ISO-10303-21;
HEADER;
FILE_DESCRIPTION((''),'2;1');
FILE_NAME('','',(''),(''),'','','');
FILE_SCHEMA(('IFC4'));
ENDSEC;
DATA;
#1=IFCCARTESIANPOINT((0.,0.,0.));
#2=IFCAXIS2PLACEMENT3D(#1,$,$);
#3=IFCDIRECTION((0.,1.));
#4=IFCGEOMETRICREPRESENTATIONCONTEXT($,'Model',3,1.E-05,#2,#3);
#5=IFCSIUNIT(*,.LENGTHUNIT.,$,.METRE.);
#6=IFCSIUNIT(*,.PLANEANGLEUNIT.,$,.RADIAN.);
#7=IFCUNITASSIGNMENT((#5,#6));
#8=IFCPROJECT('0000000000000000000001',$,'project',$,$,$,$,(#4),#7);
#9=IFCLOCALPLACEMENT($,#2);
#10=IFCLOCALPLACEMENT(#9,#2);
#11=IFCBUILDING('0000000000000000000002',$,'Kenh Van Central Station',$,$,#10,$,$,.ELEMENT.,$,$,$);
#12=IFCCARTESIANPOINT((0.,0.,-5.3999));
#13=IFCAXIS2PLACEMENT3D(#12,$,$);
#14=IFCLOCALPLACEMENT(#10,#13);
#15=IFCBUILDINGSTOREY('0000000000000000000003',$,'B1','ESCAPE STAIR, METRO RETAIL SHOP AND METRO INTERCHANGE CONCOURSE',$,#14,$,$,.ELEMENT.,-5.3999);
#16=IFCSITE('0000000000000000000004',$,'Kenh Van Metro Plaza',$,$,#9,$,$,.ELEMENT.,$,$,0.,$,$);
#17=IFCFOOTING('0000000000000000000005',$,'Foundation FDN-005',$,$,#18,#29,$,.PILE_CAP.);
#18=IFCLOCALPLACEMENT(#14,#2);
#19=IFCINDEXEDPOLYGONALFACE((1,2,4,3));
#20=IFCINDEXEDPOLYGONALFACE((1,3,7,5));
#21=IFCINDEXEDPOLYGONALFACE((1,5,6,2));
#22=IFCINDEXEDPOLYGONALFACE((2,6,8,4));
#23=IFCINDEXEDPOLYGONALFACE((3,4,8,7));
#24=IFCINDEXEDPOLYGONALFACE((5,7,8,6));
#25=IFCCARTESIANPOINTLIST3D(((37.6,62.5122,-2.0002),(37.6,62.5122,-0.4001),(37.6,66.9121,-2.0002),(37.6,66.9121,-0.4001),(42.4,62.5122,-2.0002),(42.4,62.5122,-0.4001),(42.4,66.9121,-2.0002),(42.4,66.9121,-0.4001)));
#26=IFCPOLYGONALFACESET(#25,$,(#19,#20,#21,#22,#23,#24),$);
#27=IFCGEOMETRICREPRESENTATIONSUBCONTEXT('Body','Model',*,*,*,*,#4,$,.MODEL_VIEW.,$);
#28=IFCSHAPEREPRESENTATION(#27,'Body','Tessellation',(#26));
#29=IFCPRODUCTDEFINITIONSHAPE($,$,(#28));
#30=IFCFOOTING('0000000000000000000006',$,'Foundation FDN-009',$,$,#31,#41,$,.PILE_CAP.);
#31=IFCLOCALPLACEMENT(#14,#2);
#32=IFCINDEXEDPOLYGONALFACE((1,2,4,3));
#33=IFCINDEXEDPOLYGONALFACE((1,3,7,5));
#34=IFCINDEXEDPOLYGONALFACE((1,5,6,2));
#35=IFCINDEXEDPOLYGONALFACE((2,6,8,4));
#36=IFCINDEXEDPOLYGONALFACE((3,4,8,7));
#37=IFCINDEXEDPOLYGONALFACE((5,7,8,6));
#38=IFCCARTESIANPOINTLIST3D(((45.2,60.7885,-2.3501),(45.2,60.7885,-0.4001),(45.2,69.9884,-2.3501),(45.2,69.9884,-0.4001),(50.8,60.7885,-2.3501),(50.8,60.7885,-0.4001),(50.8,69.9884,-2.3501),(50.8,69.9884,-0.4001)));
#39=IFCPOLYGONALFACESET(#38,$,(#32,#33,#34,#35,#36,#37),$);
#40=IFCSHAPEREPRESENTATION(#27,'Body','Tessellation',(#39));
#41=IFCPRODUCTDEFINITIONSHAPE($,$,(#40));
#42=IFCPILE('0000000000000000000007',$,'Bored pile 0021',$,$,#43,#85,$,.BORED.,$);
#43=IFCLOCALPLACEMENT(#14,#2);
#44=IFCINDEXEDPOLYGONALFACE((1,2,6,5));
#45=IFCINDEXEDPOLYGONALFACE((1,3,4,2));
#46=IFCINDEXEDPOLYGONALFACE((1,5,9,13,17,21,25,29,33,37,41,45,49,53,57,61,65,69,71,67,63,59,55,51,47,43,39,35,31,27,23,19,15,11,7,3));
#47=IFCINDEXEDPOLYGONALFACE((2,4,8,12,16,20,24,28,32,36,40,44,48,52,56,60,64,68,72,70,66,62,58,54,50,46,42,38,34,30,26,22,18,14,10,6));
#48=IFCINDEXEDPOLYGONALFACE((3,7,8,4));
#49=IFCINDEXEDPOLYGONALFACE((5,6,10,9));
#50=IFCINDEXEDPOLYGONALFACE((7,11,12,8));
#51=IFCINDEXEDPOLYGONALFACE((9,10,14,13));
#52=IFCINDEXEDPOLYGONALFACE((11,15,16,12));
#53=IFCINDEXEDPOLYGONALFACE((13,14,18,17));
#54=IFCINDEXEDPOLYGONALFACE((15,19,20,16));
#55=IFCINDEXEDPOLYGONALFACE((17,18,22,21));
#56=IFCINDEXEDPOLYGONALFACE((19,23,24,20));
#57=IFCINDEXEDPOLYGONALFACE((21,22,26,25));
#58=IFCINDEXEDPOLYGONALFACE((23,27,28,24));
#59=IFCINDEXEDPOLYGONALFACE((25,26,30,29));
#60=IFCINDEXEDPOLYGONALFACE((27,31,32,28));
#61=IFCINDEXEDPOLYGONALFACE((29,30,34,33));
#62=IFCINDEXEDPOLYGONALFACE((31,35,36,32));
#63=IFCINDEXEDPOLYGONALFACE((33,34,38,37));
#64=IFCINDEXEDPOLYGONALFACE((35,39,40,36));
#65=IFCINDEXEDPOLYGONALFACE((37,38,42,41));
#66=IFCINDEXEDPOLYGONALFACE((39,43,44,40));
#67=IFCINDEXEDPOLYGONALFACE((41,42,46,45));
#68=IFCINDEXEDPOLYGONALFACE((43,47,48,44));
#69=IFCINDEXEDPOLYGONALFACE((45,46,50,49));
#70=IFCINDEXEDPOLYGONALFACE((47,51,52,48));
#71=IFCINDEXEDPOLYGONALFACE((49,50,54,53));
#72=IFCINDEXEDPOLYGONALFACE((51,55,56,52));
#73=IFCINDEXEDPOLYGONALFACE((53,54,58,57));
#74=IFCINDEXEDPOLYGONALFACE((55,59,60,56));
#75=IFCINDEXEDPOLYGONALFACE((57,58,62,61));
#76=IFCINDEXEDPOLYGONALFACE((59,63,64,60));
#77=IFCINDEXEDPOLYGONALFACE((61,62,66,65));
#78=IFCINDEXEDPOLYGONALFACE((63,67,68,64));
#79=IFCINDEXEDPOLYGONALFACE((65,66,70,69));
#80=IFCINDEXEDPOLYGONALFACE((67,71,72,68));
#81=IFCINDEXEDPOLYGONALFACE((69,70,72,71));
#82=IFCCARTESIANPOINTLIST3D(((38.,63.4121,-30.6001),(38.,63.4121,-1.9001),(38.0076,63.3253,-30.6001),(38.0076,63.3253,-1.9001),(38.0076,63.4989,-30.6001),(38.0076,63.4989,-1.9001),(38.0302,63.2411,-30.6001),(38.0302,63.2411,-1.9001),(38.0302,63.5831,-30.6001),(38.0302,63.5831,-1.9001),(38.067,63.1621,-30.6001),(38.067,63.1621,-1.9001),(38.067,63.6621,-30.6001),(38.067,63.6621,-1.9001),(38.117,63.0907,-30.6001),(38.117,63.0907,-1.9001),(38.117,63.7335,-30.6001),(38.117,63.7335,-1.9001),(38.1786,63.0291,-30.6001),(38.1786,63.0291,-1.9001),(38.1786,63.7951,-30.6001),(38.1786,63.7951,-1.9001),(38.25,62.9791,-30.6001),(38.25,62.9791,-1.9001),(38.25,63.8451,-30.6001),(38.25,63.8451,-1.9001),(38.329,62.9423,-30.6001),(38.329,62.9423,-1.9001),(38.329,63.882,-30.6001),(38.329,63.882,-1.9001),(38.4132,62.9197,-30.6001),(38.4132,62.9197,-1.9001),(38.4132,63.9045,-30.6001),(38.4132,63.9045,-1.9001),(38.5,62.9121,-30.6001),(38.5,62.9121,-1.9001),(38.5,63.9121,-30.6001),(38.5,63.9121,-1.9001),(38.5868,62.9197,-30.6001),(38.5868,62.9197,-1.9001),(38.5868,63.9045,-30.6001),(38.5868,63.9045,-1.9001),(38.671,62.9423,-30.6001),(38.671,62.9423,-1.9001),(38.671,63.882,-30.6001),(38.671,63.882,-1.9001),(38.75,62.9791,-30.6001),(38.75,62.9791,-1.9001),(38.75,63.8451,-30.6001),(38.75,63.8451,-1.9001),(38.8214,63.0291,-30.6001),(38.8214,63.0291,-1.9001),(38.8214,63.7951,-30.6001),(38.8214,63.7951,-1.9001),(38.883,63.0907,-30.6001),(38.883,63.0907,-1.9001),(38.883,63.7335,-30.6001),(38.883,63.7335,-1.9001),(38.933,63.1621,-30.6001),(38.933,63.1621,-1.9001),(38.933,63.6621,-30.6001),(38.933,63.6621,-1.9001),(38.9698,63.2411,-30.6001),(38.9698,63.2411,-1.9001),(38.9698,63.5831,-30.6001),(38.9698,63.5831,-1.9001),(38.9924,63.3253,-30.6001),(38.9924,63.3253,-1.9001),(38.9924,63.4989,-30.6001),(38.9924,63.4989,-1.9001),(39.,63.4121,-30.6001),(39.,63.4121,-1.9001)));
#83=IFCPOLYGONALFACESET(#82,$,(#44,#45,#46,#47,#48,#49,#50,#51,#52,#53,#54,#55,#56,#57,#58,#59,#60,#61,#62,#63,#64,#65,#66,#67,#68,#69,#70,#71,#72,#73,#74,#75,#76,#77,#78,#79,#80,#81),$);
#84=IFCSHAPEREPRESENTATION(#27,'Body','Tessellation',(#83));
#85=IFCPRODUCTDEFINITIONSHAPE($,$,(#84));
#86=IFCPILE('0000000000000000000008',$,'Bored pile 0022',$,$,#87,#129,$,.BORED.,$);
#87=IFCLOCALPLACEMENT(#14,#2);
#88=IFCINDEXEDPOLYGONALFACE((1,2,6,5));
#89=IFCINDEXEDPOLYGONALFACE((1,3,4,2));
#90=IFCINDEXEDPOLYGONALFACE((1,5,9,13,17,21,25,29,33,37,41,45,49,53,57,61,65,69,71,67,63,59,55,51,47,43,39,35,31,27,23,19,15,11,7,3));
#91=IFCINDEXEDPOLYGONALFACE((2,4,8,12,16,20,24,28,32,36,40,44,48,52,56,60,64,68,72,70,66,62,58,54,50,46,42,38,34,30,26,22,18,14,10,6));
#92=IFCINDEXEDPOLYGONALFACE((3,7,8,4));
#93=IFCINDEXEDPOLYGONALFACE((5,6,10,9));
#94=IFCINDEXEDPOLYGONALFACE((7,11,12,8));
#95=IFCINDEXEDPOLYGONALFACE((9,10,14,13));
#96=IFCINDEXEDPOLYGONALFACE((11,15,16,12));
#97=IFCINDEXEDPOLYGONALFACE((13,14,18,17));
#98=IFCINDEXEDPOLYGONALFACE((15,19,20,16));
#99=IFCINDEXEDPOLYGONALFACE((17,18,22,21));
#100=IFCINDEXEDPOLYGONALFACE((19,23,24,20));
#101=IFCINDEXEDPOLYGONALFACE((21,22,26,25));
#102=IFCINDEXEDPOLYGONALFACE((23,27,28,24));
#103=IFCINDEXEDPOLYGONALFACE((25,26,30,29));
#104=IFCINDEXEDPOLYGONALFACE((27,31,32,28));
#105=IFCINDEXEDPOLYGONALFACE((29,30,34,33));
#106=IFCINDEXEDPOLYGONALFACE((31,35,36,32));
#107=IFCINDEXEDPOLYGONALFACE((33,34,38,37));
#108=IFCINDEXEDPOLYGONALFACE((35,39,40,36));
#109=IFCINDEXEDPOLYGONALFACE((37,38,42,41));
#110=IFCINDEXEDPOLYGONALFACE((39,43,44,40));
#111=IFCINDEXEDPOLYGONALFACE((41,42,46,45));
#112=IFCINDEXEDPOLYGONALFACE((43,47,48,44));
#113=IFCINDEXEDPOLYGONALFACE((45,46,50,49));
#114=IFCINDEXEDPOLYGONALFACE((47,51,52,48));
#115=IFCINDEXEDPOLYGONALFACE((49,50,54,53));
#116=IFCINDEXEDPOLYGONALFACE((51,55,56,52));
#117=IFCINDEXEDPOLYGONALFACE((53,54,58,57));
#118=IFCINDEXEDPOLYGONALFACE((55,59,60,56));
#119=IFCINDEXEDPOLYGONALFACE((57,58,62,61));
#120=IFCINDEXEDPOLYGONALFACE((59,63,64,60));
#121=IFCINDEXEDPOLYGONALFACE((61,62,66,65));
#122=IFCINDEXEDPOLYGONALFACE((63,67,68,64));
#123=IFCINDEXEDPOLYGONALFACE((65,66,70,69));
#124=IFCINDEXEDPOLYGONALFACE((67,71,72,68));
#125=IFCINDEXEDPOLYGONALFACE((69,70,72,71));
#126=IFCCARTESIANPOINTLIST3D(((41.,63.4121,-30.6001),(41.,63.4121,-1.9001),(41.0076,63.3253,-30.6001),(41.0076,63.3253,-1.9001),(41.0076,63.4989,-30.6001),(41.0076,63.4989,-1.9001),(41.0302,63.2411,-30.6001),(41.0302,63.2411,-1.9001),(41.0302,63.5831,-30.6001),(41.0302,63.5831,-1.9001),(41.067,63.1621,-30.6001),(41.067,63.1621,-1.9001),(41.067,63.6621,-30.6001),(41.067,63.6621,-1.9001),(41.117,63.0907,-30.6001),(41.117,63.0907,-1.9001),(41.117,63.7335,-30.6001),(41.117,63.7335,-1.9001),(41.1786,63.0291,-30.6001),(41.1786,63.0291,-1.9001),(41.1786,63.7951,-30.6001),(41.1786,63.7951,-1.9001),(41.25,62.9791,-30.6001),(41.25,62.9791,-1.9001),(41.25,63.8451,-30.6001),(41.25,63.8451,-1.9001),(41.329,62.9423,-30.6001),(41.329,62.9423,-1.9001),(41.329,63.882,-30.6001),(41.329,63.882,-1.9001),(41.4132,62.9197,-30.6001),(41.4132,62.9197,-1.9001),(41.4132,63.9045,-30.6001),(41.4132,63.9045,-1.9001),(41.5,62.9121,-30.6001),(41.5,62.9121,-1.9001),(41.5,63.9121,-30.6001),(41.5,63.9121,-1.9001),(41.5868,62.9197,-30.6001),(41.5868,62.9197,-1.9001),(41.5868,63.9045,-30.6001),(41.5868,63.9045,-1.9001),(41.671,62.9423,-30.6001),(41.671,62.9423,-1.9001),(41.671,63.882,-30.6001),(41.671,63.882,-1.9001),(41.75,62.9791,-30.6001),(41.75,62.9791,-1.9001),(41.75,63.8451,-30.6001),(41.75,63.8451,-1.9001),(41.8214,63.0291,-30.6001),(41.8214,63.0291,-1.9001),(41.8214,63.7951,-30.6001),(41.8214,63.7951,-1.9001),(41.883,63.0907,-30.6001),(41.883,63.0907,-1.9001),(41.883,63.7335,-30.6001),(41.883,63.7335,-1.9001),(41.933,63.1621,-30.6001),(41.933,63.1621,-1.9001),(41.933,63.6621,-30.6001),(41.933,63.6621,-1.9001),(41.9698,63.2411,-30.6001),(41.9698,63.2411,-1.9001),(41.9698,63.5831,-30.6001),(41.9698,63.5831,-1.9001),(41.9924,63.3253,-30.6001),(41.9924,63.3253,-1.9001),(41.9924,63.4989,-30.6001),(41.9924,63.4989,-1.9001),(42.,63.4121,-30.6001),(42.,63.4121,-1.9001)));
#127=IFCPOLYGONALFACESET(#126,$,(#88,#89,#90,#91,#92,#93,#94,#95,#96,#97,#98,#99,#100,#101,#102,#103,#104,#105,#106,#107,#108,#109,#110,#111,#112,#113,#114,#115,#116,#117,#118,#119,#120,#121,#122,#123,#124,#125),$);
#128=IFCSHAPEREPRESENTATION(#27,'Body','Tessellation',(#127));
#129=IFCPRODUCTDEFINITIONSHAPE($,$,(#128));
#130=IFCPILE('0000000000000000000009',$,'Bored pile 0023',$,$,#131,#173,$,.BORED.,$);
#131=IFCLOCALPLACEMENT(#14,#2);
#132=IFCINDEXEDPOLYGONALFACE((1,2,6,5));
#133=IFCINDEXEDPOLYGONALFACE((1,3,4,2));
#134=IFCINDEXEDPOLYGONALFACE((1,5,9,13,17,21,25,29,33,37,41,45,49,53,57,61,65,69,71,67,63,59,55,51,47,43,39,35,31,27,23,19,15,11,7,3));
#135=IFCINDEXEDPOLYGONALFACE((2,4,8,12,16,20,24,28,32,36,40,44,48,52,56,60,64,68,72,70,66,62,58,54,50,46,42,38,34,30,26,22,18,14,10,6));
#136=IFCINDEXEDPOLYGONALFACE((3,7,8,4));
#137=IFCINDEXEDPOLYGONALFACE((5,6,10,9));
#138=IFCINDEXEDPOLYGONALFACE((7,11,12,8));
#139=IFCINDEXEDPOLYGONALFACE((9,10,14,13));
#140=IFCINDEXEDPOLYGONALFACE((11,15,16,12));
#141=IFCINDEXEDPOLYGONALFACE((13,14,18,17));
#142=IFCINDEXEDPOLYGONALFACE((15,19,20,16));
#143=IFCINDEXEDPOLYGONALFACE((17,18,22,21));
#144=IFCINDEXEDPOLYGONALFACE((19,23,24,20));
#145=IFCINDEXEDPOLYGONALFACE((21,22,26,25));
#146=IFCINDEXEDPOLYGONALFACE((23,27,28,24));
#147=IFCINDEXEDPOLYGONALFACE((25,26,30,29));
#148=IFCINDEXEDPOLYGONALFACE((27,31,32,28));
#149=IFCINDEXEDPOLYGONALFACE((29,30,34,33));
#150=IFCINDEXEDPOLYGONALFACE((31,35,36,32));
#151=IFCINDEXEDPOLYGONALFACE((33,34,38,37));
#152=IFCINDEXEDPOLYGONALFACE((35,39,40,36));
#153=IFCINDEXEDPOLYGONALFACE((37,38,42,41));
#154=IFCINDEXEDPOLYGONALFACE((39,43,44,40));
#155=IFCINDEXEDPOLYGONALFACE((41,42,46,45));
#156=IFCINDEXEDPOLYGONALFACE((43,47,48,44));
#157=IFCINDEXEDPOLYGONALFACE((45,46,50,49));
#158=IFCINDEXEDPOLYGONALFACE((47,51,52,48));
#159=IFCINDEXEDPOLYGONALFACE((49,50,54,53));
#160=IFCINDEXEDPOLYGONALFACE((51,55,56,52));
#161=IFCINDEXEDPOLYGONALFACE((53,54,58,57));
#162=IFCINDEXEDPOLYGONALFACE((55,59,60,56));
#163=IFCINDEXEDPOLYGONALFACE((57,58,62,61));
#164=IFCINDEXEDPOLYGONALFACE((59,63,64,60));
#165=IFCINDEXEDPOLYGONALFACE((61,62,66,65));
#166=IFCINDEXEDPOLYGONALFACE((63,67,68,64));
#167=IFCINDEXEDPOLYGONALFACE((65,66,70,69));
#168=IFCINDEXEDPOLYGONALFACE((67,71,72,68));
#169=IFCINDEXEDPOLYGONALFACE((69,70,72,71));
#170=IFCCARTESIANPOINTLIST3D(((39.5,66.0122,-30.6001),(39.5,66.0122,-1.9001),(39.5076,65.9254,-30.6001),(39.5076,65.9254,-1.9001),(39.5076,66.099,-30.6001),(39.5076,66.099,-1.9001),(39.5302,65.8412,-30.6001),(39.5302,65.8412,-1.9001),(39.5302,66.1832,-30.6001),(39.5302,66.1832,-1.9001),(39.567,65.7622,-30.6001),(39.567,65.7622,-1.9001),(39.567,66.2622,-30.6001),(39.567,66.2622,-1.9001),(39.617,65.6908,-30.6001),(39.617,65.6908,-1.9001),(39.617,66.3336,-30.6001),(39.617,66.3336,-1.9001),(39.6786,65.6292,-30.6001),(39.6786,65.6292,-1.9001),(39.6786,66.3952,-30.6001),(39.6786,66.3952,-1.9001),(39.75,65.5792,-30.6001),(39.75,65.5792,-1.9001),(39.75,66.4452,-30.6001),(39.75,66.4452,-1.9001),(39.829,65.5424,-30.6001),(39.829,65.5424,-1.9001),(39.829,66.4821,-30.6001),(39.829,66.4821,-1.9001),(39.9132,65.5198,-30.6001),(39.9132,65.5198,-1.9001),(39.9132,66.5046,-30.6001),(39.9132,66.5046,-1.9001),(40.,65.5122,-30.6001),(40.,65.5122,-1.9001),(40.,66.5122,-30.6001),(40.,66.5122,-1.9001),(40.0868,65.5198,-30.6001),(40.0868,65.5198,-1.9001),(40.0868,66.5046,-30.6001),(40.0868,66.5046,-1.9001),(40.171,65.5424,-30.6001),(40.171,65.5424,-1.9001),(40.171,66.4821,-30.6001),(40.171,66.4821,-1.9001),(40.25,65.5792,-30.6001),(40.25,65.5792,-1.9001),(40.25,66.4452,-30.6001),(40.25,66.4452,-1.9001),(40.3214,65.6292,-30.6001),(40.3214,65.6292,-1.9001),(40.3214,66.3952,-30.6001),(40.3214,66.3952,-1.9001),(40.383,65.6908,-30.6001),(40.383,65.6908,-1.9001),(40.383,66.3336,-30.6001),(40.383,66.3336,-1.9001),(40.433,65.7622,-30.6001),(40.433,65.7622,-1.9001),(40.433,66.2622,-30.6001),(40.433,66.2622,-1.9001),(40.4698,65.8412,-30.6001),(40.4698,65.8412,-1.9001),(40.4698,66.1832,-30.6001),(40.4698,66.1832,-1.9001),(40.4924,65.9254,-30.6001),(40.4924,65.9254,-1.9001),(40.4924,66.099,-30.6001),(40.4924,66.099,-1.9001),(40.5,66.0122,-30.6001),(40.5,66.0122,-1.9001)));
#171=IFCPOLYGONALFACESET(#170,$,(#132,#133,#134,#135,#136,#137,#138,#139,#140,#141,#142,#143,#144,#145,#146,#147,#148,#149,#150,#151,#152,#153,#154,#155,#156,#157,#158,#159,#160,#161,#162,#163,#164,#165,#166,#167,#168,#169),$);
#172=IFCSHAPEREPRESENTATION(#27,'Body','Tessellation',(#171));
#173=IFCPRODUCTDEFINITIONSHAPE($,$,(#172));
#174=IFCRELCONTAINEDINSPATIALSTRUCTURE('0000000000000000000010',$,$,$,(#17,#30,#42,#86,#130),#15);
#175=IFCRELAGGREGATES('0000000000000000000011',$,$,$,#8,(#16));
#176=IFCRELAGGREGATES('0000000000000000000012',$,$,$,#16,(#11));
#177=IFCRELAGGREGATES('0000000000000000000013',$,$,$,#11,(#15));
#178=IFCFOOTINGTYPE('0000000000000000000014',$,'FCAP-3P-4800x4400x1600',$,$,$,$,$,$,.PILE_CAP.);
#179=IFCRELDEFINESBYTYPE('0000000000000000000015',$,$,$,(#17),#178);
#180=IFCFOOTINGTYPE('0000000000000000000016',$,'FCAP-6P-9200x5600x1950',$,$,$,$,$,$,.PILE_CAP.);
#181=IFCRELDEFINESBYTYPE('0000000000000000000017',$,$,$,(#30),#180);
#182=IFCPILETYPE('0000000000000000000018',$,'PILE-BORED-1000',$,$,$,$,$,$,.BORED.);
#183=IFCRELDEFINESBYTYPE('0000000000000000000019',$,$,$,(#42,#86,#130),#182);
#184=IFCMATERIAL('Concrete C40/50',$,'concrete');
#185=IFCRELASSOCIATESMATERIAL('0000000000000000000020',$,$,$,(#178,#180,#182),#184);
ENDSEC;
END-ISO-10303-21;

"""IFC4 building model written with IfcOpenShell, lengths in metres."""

from ifc_helpers import new_model, si_unit, direction, frame, origin, origin_2d, place, context, subcontext, project, spatial, rectangle, circle, extrude, material, material_profile, profile_set, type_object, element, save


model = new_model("IFC4")

# Units and contexts
model_context = context("Model", 3, precision=1e-05, world=origin(), true_north=direction((0.0, 1.0)))
body_context = subcontext(model_context, "Body", "Model", "MODEL_VIEW")
ifc_project = project(units=[si_unit("LENGTHUNIT", "METRE"), si_unit("PLANEANGLEUNIT", "RADIAN")], contexts=[model_context])

# Site, building, storey
site_placement = place(None, origin())
site = spatial("IfcSite", under=ifc_project, at=site_placement, Name="Kenh Van Metro Plaza", CompositionType="ELEMENT", RefElevation=0.0)
building_placement = place(site_placement, origin())
building = spatial("IfcBuilding", under=site, at=building_placement, Name="Kenh Van Central Station", CompositionType="ELEMENT")
storey_placement = place(building_placement, frame((0.0, 0.0, -5.3999)))
storey = spatial("IfcBuildingStorey", under=building, at=storey_placement, Name="B1", Description="ESCAPE STAIR, METRO RETAIL SHOP AND METRO INTERCHANGE CONCOURSE", CompositionType="ELEMENT", Elevation=-5.3999)

# Footings
ifc_material = material(Name="Concrete C40/50", Category="concrete")
footing_type_1 = type_object("IfcFootingType", Name="FCAP-3P-4800x4400x1600", PredefinedType="PILE_CAP", material=ifc_material)
footing_1_placement = place(storey_placement, frame((40.0, 64.7122, -2.0002), z_axis=(0.0, 0.0, 1.0), x_axis=(1.0, 0.0, 0.0)))
element("IfcFooting", 1, at=footing_1_placement, inside=storey, type_object=footing_type_1, Name="Foundation FDN-005", PredefinedType="PILE_CAP", context=body_context, shape_type="SweptSolid", body=[
    extrude(rectangle(XDim=4.8, YDim=4.3999, at=origin_2d()), origin(), (0.0, 0.0, 1.0), 1.6001),
])
footing_type_2 = type_object("IfcFootingType", Name="FCAP-6P-9200x5600x1950", PredefinedType="PILE_CAP", material=ifc_material)
footing_2_placement = place(storey_placement, frame((48.0, 65.3884, -2.3501), z_axis=(0.0, 0.0, 1.0), x_axis=(0.0, 1.0, 0.0)))
element("IfcFooting", 2, at=footing_2_placement, inside=storey, type_object=footing_type_2, Name="Foundation FDN-009", PredefinedType="PILE_CAP", context=body_context, shape_type="SweptSolid", body=[
    extrude(rectangle(XDim=9.2, YDim=5.6001, at=origin_2d()), origin(), (0.0, 0.0, 1.0), 1.95),
])

# Piles
ifc_material_profile_1 = material_profile(ifc_material, circle(Radius=0.5, at=origin_2d()), Name="PILE D1000")
ifc_profile_set_1 = profile_set([ifc_material_profile_1], Name="Concrete C40/50")
pile_type_1 = type_object("IfcPileType", Name="PILE-BORED-1000", PredefinedType="BORED", material=ifc_profile_set_1)
for number, where, z_axis, x_axis, name in (
    (3, (38.5, 63.4121, -1.9001), (0.0, 0.0, -1.0), (1.0, 0.0, 0.0), "Bored pile 0021"),
    (4, (41.5, 63.4121, -1.9001), (0.0, 0.0, -1.0), (1.0, 0.0, 0.0), "Bored pile 0022"),
    (5, (40.0, 66.0122, -1.9001), (0.0, 0.0, -1.0), (1.0, 0.0, 0.0), "Bored pile 0023"),
):
    element("IfcPile", number, at=place(storey_placement, frame(where, z_axis=z_axis, x_axis=x_axis)), inside=storey, type_object=pile_type_1, Name=name, PredefinedType="BORED", context=body_context, shape_type="SweptSolid", body=[
        extrude(circle(Radius=0.5, at=origin_2d()), origin(), (0.0, 0.0, 1.0), 28.7),
    ])

save(model, "model.ifc")
